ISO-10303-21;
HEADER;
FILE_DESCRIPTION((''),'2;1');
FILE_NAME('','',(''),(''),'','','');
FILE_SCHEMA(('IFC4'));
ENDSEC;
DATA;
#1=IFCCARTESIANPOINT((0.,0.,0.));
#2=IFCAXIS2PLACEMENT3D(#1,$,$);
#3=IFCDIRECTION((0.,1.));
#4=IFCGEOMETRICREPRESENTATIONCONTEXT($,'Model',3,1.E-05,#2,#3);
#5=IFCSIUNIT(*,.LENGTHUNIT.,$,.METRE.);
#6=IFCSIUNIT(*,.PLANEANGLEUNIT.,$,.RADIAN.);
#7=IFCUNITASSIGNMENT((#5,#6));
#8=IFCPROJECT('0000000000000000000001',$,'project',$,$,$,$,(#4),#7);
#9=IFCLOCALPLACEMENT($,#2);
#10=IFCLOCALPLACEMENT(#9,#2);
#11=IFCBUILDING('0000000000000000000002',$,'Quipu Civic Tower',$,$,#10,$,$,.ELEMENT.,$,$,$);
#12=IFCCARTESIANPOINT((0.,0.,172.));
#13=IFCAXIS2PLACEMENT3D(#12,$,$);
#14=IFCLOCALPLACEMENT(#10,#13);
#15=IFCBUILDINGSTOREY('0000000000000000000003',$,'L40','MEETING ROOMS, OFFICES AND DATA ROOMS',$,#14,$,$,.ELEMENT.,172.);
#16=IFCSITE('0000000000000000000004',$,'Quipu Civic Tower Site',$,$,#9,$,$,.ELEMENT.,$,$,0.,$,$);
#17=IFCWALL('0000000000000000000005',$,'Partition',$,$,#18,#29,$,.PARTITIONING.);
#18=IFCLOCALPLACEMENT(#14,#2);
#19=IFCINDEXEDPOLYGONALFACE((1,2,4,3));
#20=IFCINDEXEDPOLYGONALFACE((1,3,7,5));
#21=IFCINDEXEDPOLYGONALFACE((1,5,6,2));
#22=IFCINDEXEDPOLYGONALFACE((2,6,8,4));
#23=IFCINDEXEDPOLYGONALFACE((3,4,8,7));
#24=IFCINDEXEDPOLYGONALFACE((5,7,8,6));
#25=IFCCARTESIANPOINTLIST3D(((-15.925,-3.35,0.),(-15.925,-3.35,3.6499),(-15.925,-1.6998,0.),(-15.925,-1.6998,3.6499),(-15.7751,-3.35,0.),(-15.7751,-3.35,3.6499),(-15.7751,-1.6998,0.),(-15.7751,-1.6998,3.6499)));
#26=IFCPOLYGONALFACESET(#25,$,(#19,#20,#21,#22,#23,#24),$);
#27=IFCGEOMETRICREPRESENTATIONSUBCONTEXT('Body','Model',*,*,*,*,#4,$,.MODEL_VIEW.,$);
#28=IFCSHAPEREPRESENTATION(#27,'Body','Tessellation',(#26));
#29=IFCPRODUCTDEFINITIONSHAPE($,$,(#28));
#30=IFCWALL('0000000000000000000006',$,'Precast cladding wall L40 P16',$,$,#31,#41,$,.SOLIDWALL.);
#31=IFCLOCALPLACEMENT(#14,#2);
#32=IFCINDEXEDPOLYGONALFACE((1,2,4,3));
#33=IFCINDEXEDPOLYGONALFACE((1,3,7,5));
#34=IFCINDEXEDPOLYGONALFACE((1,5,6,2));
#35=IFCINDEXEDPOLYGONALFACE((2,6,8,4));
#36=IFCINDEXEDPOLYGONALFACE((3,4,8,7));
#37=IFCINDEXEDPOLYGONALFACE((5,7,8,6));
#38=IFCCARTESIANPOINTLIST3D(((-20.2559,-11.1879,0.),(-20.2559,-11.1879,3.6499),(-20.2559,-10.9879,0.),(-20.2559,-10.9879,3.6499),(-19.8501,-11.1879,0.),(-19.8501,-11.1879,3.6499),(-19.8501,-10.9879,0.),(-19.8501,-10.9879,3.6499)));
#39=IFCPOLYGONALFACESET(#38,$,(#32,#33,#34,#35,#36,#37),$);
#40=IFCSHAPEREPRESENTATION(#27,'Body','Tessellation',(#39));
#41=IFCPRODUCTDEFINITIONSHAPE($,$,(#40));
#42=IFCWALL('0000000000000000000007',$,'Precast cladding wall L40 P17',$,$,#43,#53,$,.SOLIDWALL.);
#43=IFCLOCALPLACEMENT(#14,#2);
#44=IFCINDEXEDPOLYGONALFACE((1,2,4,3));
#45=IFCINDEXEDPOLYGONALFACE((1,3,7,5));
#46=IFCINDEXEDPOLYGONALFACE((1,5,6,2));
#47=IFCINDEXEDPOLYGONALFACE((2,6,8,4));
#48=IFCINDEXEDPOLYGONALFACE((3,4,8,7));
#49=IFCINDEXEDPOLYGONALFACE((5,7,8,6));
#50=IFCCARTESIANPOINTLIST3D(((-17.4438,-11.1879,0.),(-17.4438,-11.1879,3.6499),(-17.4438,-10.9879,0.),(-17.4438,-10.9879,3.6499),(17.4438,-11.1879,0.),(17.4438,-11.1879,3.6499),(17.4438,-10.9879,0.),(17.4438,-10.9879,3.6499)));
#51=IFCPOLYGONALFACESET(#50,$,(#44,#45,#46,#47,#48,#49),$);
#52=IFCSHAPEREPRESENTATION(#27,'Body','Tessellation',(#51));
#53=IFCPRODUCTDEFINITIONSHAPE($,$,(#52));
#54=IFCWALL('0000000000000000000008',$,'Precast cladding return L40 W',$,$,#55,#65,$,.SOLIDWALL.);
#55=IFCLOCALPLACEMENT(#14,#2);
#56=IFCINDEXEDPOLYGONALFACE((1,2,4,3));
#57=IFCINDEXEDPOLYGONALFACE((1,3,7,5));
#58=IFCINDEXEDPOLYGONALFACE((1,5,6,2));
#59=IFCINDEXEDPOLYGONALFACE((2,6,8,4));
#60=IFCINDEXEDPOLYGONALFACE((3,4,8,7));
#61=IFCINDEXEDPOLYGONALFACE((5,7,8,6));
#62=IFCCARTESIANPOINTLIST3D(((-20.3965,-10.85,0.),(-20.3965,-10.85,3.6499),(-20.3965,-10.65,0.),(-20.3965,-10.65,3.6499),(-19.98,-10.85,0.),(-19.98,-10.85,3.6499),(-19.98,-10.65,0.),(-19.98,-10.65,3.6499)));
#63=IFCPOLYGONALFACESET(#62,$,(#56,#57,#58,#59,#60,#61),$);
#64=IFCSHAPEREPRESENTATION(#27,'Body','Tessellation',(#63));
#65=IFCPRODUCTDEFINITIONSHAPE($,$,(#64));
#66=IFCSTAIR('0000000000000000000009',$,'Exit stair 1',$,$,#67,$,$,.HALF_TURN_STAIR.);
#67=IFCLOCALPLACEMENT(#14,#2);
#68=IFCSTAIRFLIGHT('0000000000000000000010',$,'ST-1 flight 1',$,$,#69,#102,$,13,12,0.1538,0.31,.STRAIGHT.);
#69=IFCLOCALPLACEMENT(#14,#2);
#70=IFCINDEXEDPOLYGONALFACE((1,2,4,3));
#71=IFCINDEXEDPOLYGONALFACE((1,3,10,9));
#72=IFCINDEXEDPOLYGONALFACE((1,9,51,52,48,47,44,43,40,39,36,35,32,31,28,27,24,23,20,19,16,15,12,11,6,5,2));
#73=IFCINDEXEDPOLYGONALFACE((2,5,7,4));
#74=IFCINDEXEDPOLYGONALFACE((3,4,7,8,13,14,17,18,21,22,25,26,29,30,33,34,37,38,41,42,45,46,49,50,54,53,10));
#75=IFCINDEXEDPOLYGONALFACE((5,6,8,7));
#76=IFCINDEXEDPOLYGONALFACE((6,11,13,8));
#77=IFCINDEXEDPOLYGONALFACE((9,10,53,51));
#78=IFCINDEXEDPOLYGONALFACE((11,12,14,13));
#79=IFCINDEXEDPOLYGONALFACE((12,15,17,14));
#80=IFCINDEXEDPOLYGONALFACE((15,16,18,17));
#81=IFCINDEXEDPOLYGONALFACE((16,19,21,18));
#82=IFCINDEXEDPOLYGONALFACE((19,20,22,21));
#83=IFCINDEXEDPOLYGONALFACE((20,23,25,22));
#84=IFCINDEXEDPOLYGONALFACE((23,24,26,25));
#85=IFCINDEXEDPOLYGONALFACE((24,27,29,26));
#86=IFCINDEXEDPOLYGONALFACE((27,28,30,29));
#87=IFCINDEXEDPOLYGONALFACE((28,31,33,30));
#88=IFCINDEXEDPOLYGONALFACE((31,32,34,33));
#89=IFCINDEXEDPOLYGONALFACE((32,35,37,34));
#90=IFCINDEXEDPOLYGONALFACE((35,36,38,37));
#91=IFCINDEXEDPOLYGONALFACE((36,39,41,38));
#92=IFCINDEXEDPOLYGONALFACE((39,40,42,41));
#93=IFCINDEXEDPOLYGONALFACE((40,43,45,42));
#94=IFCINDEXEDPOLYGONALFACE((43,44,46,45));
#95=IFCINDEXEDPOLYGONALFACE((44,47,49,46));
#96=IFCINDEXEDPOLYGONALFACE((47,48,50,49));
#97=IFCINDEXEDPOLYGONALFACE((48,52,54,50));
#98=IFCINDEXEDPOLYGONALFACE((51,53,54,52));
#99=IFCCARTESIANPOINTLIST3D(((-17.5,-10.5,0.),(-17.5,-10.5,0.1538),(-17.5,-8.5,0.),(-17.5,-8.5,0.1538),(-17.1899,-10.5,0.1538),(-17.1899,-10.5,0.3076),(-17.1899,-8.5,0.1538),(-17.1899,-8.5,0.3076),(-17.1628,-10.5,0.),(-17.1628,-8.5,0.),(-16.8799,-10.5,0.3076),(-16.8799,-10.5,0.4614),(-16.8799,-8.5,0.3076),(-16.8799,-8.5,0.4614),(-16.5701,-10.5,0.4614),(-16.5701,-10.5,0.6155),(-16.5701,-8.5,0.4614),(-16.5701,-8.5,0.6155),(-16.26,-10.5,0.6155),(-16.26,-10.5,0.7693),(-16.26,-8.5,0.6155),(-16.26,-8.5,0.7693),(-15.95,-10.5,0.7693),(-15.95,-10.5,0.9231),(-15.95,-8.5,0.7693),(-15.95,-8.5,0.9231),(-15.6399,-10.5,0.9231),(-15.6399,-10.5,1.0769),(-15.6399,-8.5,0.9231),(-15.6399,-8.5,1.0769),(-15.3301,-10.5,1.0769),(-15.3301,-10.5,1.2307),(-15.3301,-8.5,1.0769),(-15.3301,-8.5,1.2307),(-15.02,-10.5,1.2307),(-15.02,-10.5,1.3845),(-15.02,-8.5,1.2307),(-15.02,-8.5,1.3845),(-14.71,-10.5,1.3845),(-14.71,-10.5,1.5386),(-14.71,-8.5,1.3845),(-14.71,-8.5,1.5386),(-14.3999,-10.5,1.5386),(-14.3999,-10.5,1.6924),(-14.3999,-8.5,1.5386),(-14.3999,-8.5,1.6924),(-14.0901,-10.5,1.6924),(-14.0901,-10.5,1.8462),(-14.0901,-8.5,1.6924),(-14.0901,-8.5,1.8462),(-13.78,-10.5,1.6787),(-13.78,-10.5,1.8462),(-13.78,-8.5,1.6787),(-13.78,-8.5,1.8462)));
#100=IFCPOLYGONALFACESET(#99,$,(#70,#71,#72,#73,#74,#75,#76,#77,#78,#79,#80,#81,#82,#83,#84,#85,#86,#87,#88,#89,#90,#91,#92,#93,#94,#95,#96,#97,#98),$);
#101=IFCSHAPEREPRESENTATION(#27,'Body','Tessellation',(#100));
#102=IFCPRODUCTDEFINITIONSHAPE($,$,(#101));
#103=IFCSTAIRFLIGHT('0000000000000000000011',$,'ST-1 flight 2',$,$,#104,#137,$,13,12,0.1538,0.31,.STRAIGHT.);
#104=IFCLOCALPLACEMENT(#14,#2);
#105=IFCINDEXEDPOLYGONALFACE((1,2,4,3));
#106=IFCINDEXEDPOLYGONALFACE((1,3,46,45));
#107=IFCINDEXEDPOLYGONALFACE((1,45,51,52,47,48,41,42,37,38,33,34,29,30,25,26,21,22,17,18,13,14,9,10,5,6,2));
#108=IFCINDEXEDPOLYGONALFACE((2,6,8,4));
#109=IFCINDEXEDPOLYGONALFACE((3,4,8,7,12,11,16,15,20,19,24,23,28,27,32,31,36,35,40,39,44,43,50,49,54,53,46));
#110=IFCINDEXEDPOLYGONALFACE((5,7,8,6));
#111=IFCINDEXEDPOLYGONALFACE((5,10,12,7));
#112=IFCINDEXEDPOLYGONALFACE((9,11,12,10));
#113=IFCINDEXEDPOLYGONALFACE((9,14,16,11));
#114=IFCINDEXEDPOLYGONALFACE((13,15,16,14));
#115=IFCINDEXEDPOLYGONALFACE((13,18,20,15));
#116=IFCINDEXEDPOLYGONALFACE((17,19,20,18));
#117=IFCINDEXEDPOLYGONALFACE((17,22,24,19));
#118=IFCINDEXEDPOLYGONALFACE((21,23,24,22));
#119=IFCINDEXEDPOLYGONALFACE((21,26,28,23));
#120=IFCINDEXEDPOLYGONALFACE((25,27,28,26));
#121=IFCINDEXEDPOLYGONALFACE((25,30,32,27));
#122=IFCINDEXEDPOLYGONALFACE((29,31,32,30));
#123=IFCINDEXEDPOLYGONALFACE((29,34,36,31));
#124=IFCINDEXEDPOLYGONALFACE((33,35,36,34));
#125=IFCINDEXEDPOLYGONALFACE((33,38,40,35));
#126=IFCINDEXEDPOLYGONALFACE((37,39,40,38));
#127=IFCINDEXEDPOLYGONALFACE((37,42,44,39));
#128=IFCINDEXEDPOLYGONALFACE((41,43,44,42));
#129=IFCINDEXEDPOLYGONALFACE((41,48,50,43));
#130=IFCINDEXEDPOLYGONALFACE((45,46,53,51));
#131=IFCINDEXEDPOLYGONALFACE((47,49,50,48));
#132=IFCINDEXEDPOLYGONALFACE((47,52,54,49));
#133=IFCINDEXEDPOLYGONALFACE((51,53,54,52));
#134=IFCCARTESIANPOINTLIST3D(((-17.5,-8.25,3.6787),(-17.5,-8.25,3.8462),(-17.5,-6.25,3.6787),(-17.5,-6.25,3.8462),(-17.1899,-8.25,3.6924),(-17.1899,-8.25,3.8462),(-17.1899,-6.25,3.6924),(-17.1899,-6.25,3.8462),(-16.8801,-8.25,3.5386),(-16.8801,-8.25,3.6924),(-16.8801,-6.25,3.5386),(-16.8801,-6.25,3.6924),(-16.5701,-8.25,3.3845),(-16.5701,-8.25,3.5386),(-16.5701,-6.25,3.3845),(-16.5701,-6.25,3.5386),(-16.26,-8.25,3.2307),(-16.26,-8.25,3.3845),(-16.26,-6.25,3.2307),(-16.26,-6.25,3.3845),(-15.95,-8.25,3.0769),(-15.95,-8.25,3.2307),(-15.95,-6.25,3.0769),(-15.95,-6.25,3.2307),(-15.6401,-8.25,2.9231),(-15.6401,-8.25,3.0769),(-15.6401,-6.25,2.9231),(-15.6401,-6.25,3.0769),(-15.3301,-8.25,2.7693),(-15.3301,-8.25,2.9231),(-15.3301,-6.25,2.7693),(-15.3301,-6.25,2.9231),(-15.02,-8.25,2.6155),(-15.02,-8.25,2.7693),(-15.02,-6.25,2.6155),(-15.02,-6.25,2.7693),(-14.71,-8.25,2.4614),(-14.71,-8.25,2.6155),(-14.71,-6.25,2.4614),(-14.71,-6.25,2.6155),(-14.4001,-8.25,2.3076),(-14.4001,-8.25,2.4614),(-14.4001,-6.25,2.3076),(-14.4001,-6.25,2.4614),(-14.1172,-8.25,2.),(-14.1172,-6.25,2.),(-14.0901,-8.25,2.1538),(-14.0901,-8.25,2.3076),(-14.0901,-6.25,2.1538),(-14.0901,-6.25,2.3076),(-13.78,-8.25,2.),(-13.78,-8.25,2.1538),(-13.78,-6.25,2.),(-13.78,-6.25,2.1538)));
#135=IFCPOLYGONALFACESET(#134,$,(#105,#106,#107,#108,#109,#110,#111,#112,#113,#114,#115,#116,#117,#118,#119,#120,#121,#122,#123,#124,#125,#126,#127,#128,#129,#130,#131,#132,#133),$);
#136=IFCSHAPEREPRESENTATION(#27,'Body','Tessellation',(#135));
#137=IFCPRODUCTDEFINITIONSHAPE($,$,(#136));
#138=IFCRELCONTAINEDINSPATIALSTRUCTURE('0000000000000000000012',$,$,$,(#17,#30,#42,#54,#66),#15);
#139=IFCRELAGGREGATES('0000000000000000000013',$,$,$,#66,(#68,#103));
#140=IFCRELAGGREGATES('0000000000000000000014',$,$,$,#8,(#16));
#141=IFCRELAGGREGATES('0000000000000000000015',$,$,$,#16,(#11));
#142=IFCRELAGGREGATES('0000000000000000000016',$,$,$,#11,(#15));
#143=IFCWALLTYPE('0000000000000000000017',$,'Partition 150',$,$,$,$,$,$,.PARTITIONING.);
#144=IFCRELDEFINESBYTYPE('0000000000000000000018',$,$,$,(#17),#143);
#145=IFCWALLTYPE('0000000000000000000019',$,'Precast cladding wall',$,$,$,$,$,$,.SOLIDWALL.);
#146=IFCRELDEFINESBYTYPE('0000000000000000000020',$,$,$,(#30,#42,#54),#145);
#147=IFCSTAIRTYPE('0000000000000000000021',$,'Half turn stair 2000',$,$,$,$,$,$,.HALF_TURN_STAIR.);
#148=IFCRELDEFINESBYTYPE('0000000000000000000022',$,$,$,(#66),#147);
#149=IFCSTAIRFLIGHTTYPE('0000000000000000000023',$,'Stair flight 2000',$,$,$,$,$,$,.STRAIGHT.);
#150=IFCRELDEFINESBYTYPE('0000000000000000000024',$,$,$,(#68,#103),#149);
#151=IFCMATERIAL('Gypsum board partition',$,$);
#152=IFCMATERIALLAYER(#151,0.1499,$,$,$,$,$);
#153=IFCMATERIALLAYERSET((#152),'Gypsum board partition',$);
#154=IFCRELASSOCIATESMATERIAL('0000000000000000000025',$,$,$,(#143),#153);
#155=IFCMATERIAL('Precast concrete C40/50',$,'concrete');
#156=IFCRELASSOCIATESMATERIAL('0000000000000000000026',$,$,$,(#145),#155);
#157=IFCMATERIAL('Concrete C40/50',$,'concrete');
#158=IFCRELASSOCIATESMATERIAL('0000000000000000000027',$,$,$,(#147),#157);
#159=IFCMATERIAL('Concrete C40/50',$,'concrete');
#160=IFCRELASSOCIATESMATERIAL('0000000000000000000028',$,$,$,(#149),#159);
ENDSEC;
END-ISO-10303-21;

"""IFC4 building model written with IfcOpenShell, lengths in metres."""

from ifc_helpers import new_model, si_unit, direction, frame, frame_2d, origin, place, context, subcontext, project, spatial, polyline, rectangle, outline, extrude, material, layer, layer_set, type_object, element, aggregate, save


model = new_model("IFC4")

# Units and contexts
model_context = context("Model", 3, precision=1e-05, world=origin(), true_north=direction((0.0, 1.0)))
body_context = subcontext(model_context, "Body", "Model", "MODEL_VIEW")
ifc_project = project(units=[si_unit("LENGTHUNIT", "METRE"), si_unit("PLANEANGLEUNIT", "RADIAN")], contexts=[model_context])

# Site, building, storey
site_placement = place(None, origin())
site = spatial("IfcSite", under=ifc_project, at=site_placement, Name="Quipu Civic Tower Site", CompositionType="ELEMENT", RefElevation=0.0)
building_placement = place(site_placement, origin())
building = spatial("IfcBuilding", under=site, at=building_placement, Name="Quipu Civic Tower", CompositionType="ELEMENT")
storey_placement = place(building_placement, frame((0.0, 0.0, 172.0)))
storey = spatial("IfcBuildingStorey", under=building, at=storey_placement, Name="L40", Description="MEETING ROOMS, OFFICES AND DATA ROOMS", CompositionType="ELEMENT", Elevation=172.0)

# Walls
ifc_material_1 = material(Name="Gypsum board partition")
ifc_layer_1 = layer(ifc_material_1, 0.1499)
ifc_layer_set_1 = layer_set([ifc_layer_1], Name="Gypsum board partition")
wall_type_1 = type_object("IfcWallType", Name="Partition 150", PredefinedType="PARTITIONING", material=ifc_layer_set_1)
wall_1_placement = place(storey_placement, frame((-15.8501, -3.3501, 0.0), z_axis=(0.0, 0.0, 1.0), x_axis=(0.0, 1.0, 0.0)))
element("IfcWall", 1, at=wall_1_placement, inside=storey, type_object=wall_type_1, Name="Partition", PredefinedType="PARTITIONING", context=body_context, shape_type="SweptSolid", body=[
    extrude(rectangle(XDim=1.6501, YDim=0.1499, at=frame_2d((0.8252, 0.0))), origin(), (0.0, 0.0, 1.0), 3.6499),
])
ifc_material_2 = material(Name="Precast concrete C40/50", Category="concrete")
wall_type_2 = type_object("IfcWallType", Name="Precast cladding wall", PredefinedType="SOLIDWALL", material=ifc_material_2)
wall_2_placement = place(storey_placement, frame((-20.2559, -11.0879, 0.0), z_axis=(0.0, 0.0, 1.0), x_axis=(1.0, 0.0, 0.0)))
element("IfcWall", 2, at=wall_2_placement, inside=storey, type_object=wall_type_2, Name="Precast cladding wall L40 P16", PredefinedType="SOLIDWALL", context=body_context, shape_type="SweptSolid", body=[
    extrude(rectangle(XDim=0.4058, YDim=0.2, at=frame_2d((0.2029, 0.0))), origin(), (0.0, 0.0, 1.0), 3.6499),
])
wall_3_placement = place(storey_placement, frame((-17.4438, -11.0879, 0.0), z_axis=(0.0, 0.0, 1.0), x_axis=(1.0, 0.0, 0.0)))
element("IfcWall", 3, at=wall_3_placement, inside=storey, type_object=wall_type_2, Name="Precast cladding wall L40 P17", PredefinedType="SOLIDWALL", context=body_context, shape_type="SweptSolid", body=[
    extrude(rectangle(XDim=34.8877, YDim=0.2, at=frame_2d((17.4438, 0.0))), origin(), (0.0, 0.0, 1.0), 3.6499),
])
wall_4_placement = place(storey_placement, frame((-19.98, -10.75, 0.0), z_axis=(0.0, 0.0, 1.0), x_axis=(-1.0, 0.0, 0.0)))
element("IfcWall", 4, at=wall_4_placement, inside=storey, type_object=wall_type_2, Name="Precast cladding return L40 W", PredefinedType="SOLIDWALL", context=body_context, shape_type="SweptSolid", body=[
    extrude(rectangle(XDim=0.4165, YDim=0.2, at=frame_2d((0.2083, 0.0))), origin(), (0.0, 0.0, 1.0), 3.6499),
])

# Stair, stair flights
ifc_material_3 = material(Name="Concrete C40/50", Category="concrete")
stair_type = type_object("IfcStairType", Name="Half turn stair 2000", PredefinedType="HALF_TURN_STAIR", material=ifc_material_3)
stair_placement = place(storey_placement, origin())
stair = element("IfcStair", 5, at=stair_placement, inside=storey, type_object=stair_type, Name="Exit stair 1", PredefinedType="HALF_TURN_STAIR")
ifc_material_4 = material(Name="Concrete C40/50", Category="concrete")
stair_flight_type = type_object("IfcStairFlightType", Name="Stair flight 2000", PredefinedType="STRAIGHT", material=ifc_material_4)
stair_flight_1_placement = place(storey_placement, frame((-17.5, -9.5, 0.0), z_axis=(0.0, 0.0, 1.0), x_axis=(1.0, 0.0, 0.0)))
stair_flight_1 = element("IfcStairFlight", 6, at=stair_flight_1_placement, type_object=stair_flight_type, Name="ST-1 flight 1", NumberOfRisers=13, NumberOfTreads=12, PredefinedType="STRAIGHT", RiserHeight=0.1538, TreadLength=0.31, context=body_context, shape_type="SweptSolid", body=[
    extrude(outline(polyline([(0.0, 0.0), (0.0, 0.1538), (0.3101, 0.1538), (0.3101, 0.3076), (0.6201, 0.3076), (0.6201, 0.4614), (0.9299, 0.4614), (0.9299, 0.6155), (1.24, 0.6155), (1.24, 0.7693), (1.55, 0.7693), (1.55, 0.9231), (1.8601, 0.9231), (1.8601, 1.0769), (2.1699, 1.0769), (2.1699, 1.2307), (2.48, 1.2307), (2.48, 1.3845), (2.79, 1.3845), (2.79, 1.5386), (3.1001, 1.5386), (3.1001, 1.6924), (3.4099, 1.6924), (3.4099, 1.8462), (3.72, 1.8462), (3.72, 2.0), (3.72, 1.6787), (0.3372, 0.0), (0.0, 0.0)])), frame((0.0, 1.0, 0.0), z_axis=(0.0, -1.0, 0.0), x_axis=(1.0, 0.0, 0.0)), (0.0, 0.0, 1.0), 2.0),
])
stair_flight_2_placement = place(storey_placement, frame((-13.78, -7.25, 2.0), z_axis=(0.0, 0.0, 1.0), x_axis=(-1.0, 0.0, 0.0)))
stair_flight_2 = element("IfcStairFlight", 7, at=stair_flight_2_placement, type_object=stair_flight_type, Name="ST-1 flight 2", NumberOfRisers=13, NumberOfTreads=12, PredefinedType="STRAIGHT", RiserHeight=0.1538, TreadLength=0.31, context=body_context, shape_type="SweptSolid", body=[
    extrude(outline(polyline([(0.0, 0.0), (0.0, 0.1538), (0.3101, 0.1538), (0.3101, 0.3076), (0.6201, 0.3076), (0.6201, 0.4614), (0.9299, 0.4614), (0.9299, 0.6155), (1.24, 0.6155), (1.24, 0.7693), (1.55, 0.7693), (1.55, 0.9231), (1.8601, 0.9231), (1.8601, 1.0769), (2.1699, 1.0769), (2.1699, 1.2307), (2.48, 1.2307), (2.48, 1.3845), (2.79, 1.3845), (2.79, 1.5386), (3.1001, 1.5386), (3.1001, 1.6924), (3.4099, 1.6924), (3.4099, 1.8462), (3.72, 1.8462), (3.72, 2.0), (3.72, 1.6787), (0.3372, 0.0), (0.0, 0.0)])), frame((0.0, 1.0, 0.0), z_axis=(0.0, -1.0, 0.0), x_axis=(1.0, 0.0, 0.0)), (0.0, 0.0, 1.0), 2.0),
])
aggregate(stair, [stair_flight_1, stair_flight_2])

save(model, "model.ifc")
